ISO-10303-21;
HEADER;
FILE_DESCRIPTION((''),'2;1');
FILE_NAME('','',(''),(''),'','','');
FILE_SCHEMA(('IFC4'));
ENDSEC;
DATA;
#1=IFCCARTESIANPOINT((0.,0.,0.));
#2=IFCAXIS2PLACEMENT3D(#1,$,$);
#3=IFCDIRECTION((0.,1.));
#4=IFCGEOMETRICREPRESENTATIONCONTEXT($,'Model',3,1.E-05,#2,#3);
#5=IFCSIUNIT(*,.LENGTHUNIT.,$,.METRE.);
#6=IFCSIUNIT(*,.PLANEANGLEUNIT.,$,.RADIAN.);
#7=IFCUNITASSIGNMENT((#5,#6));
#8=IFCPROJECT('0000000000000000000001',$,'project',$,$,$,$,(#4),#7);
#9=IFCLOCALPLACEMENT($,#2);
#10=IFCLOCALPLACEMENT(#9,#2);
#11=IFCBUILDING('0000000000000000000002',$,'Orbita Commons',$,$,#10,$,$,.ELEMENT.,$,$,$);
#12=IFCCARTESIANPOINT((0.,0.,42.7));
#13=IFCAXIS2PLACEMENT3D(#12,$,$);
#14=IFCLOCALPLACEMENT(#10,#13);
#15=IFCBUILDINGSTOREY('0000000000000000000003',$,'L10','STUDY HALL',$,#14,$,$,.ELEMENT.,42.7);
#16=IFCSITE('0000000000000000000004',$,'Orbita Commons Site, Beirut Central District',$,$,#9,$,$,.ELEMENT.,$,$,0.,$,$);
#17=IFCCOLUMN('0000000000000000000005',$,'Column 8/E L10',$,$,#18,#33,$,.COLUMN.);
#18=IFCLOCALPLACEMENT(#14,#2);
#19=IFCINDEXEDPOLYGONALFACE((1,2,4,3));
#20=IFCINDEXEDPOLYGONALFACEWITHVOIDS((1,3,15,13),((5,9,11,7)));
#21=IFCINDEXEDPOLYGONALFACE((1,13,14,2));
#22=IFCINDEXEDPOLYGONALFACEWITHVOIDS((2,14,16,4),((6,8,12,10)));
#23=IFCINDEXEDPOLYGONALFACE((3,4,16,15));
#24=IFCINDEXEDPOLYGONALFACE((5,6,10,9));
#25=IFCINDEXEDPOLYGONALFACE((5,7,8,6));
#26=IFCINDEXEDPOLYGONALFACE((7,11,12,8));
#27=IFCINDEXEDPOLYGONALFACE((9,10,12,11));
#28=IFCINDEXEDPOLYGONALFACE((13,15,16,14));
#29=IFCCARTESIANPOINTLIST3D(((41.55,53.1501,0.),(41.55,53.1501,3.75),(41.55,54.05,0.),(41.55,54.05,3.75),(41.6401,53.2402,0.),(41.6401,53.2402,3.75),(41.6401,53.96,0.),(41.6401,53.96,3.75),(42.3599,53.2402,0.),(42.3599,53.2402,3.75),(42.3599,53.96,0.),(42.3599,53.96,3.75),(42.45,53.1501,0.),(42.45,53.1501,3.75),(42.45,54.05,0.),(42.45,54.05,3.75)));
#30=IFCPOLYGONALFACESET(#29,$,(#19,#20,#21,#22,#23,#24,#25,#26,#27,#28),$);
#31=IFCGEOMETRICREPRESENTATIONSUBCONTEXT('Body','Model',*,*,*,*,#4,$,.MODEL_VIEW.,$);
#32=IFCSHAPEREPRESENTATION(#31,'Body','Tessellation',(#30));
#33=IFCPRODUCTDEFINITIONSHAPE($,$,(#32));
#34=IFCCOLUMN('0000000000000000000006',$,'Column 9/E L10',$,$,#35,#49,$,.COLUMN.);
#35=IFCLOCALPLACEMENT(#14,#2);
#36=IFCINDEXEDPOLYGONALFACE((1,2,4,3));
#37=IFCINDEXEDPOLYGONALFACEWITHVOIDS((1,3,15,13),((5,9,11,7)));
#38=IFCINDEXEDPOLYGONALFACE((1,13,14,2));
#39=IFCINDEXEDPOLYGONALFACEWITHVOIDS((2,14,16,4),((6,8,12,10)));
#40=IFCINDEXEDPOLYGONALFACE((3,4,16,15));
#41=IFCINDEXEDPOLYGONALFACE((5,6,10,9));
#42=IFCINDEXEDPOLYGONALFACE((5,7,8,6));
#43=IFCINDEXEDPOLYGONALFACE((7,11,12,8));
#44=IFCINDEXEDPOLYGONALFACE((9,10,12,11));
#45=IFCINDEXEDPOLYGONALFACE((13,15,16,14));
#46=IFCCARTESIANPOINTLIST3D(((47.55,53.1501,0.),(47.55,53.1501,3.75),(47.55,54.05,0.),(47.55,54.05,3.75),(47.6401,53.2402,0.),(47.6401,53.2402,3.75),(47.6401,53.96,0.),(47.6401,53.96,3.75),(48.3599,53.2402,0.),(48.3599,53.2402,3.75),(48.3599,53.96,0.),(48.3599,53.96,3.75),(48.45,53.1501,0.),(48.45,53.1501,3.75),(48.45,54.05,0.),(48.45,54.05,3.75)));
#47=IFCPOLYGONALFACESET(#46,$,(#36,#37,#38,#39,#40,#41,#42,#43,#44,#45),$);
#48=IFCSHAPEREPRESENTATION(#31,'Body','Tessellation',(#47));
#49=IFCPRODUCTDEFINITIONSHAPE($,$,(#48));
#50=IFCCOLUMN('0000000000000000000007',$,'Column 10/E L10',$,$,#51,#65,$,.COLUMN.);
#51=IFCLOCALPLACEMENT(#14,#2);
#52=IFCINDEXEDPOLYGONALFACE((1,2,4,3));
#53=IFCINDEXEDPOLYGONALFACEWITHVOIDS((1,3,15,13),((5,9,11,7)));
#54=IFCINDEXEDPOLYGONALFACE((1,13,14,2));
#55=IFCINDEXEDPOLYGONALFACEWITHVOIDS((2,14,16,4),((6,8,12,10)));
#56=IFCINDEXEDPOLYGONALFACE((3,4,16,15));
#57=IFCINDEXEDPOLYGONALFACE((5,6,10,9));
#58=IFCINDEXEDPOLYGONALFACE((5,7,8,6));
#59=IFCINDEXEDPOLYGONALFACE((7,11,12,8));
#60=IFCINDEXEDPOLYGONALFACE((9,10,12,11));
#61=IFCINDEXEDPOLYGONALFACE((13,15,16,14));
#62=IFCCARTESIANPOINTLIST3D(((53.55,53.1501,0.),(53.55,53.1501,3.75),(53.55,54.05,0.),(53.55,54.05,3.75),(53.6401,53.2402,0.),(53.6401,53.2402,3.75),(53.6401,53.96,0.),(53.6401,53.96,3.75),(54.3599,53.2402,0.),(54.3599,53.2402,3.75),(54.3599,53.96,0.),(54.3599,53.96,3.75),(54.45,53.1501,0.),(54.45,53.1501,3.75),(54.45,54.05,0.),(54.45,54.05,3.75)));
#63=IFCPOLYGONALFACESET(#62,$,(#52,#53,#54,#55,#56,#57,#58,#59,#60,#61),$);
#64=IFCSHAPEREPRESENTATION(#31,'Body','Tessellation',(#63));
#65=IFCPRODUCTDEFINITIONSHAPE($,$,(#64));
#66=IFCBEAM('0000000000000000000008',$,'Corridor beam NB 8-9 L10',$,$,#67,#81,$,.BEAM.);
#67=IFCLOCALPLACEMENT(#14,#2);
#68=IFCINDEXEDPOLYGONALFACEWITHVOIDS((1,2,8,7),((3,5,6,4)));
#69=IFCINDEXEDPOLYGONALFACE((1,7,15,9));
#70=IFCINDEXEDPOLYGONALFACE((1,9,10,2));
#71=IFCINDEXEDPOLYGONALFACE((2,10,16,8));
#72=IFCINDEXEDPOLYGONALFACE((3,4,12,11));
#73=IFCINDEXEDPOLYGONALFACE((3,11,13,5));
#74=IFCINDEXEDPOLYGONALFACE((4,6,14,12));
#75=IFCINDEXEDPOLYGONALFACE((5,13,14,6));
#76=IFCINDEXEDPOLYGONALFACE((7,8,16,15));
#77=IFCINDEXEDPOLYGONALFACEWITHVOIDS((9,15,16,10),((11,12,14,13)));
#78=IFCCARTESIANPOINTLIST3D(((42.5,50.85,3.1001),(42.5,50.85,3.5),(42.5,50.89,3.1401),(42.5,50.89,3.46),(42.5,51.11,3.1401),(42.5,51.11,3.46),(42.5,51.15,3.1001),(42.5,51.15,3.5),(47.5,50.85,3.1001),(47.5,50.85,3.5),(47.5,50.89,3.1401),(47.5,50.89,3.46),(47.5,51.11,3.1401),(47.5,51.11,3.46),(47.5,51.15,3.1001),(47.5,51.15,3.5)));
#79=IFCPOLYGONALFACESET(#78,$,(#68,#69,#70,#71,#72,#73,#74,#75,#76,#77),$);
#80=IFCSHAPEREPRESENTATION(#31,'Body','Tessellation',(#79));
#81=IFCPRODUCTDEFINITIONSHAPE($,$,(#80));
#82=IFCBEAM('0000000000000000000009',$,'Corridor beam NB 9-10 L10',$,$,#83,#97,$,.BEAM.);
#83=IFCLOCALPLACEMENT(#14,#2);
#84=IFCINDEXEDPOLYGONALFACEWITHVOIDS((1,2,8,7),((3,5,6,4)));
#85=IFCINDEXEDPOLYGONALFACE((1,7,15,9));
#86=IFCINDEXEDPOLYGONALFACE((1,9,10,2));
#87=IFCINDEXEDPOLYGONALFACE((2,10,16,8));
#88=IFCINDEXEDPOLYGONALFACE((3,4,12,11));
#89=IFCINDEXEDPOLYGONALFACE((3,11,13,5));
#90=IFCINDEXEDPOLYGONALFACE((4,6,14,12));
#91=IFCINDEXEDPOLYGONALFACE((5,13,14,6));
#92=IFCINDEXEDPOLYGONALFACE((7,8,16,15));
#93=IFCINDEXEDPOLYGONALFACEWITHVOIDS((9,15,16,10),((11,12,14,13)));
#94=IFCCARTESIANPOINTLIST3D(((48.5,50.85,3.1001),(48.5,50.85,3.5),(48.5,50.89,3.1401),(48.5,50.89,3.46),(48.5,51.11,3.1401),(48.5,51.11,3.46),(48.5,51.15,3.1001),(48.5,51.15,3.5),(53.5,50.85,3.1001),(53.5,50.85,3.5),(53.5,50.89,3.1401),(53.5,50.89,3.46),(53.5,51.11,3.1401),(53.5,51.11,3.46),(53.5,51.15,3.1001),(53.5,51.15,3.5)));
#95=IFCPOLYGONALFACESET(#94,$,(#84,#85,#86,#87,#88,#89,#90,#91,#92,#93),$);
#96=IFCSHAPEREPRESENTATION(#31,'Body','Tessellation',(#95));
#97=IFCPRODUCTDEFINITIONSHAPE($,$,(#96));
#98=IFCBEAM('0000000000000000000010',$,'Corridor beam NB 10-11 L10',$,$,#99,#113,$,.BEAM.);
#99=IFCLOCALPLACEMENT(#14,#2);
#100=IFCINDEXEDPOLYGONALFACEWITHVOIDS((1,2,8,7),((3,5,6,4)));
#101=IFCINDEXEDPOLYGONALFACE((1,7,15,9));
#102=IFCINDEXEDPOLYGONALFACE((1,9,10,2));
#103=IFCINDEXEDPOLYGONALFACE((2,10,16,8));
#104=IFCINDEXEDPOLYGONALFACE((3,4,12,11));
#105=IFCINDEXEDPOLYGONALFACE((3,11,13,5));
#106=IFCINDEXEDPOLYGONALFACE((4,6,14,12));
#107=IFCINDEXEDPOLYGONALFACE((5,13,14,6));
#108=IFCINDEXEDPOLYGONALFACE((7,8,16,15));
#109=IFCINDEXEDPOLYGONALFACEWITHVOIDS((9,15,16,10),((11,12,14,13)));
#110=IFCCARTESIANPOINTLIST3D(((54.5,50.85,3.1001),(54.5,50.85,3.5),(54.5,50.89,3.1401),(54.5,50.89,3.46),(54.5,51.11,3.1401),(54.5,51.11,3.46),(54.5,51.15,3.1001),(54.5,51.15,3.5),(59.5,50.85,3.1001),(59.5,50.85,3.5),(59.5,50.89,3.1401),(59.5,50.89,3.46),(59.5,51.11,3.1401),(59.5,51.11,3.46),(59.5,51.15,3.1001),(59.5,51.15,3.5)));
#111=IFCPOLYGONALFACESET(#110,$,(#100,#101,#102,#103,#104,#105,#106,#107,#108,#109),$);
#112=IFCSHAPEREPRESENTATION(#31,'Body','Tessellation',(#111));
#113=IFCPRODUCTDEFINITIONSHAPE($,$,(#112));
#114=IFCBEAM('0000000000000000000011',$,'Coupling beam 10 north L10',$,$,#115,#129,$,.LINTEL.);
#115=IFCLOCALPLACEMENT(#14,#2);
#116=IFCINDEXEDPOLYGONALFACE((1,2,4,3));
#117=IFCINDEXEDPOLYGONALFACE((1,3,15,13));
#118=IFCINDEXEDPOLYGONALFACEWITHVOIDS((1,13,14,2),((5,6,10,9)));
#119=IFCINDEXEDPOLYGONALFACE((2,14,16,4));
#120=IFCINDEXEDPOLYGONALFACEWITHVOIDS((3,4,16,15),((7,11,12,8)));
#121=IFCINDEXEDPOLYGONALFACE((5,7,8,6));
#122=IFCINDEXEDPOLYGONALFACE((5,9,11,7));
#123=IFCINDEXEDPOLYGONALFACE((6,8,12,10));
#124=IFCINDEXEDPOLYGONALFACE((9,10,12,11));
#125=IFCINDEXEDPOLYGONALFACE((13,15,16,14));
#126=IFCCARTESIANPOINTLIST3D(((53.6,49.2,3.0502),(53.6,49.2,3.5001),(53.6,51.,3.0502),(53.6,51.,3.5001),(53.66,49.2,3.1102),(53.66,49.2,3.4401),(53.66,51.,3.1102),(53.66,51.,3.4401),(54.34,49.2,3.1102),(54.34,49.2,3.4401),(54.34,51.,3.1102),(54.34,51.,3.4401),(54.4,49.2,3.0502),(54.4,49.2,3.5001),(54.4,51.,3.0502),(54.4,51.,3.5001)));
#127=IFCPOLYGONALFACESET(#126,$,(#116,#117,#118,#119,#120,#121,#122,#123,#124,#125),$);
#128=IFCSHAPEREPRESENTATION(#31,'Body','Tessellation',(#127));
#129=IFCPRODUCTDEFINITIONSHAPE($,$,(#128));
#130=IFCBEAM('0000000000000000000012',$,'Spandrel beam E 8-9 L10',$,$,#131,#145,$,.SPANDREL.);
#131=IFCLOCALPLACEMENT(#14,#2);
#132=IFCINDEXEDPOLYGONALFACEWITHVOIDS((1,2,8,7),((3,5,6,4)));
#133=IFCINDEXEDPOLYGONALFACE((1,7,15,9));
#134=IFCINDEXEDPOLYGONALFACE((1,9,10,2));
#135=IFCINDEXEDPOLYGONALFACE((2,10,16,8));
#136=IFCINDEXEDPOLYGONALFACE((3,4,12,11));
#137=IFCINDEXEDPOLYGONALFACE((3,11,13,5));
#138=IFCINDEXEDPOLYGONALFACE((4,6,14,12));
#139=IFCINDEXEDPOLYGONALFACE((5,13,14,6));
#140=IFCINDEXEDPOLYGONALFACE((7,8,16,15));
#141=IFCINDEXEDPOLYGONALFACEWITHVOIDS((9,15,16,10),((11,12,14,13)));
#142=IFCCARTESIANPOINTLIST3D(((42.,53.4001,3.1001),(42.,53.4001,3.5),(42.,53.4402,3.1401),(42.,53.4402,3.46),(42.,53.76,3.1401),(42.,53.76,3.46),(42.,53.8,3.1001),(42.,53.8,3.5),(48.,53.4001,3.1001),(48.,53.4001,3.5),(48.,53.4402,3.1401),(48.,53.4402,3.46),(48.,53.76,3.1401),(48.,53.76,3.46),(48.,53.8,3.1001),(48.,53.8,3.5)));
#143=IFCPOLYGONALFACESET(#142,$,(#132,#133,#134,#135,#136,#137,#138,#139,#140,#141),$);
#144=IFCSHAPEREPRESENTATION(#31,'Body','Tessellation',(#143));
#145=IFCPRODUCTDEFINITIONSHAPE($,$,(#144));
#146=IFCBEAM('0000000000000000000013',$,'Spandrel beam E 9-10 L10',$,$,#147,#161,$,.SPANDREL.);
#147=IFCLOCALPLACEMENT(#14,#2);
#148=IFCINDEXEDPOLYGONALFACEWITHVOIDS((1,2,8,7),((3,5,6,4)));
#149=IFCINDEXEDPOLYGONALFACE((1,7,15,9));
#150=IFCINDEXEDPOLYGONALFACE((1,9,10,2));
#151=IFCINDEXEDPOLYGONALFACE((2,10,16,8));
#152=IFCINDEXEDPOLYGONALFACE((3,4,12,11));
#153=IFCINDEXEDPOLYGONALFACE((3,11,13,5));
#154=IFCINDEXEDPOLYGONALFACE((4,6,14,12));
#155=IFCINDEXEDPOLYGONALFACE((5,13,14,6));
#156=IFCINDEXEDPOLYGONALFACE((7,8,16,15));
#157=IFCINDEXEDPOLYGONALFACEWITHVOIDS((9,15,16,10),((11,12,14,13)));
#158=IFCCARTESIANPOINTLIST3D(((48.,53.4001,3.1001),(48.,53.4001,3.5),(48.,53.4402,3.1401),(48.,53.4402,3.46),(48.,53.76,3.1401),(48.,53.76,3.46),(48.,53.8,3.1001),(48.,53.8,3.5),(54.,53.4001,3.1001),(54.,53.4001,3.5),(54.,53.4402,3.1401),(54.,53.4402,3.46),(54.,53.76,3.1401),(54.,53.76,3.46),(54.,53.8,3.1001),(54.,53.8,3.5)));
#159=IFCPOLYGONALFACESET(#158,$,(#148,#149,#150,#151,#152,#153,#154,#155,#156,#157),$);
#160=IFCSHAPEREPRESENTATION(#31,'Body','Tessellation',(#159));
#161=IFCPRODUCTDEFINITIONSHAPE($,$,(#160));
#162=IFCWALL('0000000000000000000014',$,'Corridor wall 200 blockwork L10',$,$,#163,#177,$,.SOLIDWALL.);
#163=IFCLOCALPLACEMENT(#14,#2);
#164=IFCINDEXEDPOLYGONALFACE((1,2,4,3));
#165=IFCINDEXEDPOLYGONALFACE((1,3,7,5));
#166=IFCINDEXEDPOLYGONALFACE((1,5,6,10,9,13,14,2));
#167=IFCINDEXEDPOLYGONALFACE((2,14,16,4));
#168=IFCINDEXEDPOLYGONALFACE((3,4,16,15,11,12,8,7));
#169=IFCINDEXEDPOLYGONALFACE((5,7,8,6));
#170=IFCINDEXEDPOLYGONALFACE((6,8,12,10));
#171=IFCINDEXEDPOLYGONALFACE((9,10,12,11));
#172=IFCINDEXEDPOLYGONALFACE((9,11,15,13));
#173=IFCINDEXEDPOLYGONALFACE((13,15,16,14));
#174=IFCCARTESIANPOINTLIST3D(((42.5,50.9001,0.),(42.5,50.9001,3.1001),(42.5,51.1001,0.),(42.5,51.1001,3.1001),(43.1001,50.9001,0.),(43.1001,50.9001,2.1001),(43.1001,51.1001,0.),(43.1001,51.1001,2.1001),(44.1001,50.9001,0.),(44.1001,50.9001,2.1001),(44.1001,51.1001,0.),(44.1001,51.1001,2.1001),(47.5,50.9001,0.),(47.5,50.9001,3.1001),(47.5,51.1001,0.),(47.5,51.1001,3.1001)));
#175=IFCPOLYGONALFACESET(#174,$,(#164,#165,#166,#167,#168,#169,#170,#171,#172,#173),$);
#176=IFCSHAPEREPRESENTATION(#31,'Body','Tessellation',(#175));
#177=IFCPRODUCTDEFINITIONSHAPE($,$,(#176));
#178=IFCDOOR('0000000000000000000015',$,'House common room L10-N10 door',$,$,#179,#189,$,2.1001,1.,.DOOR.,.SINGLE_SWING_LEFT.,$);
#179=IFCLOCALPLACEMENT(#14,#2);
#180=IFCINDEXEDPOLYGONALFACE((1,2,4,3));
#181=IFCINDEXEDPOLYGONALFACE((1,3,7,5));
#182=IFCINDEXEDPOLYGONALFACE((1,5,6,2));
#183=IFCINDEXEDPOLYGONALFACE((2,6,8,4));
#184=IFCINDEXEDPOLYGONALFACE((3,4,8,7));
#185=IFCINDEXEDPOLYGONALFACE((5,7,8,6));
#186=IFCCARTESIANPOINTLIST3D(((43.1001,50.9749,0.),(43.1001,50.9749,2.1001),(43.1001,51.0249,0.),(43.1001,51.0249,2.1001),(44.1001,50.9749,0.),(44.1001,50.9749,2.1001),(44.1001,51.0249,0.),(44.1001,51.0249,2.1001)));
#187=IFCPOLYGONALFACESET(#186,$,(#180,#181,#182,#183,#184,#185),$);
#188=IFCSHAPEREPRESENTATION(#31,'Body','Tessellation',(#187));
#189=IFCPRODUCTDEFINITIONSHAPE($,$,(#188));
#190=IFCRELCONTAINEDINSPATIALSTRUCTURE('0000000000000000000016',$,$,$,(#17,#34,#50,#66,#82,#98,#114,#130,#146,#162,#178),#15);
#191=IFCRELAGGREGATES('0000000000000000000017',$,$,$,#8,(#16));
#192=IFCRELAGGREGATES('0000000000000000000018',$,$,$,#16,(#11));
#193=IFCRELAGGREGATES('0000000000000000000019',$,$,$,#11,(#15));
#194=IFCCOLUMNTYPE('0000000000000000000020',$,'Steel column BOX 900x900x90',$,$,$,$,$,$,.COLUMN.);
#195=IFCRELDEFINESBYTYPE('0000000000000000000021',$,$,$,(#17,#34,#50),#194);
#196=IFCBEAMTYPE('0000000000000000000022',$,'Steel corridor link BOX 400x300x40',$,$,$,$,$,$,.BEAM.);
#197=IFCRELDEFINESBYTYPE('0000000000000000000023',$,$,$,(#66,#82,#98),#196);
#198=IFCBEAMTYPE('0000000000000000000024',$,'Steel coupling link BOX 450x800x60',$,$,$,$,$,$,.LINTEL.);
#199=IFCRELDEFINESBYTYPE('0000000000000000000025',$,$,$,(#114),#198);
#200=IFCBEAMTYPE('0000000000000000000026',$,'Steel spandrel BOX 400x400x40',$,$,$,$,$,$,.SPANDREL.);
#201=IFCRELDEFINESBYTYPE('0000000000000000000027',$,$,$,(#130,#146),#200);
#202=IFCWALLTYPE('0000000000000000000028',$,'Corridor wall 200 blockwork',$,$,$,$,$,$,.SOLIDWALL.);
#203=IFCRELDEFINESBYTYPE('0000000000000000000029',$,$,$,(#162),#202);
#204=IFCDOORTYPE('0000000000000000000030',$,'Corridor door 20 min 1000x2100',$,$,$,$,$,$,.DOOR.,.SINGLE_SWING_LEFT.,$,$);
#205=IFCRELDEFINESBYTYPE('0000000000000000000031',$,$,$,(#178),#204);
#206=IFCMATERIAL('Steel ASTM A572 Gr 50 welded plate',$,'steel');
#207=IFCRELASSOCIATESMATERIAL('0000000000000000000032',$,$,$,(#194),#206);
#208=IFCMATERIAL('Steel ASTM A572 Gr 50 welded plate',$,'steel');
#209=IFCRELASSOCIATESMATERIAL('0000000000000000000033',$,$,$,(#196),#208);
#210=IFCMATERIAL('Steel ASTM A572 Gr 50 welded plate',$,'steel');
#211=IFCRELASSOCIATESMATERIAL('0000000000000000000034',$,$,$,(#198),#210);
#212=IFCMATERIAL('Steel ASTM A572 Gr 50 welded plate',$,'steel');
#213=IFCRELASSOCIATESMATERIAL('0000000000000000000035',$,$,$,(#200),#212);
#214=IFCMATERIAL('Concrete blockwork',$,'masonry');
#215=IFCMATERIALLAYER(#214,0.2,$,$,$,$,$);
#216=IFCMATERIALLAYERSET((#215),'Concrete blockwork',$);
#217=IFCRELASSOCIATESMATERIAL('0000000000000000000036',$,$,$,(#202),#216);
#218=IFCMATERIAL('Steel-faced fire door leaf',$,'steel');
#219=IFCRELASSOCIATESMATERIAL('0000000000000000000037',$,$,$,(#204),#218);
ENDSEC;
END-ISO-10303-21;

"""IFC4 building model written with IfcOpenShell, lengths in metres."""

from ifc_helpers import new_model, si_unit, direction, frame, frame_2d, origin, origin_2d, place, context, subcontext, project, spatial, polyline, rectangle, hollow_rectangle, outline, extrude, material, layer, layer_set, material_profile, profile_set, type_object, element, fill, save


model = new_model("IFC4")

# Units and contexts
model_context = context("Model", 3, precision=1e-05, world=origin(), true_north=direction((0.0, 1.0)))
body_context = subcontext(model_context, "Body", "Model", "MODEL_VIEW")
ifc_project = project(units=[si_unit("LENGTHUNIT", "METRE"), si_unit("PLANEANGLEUNIT", "RADIAN")], contexts=[model_context])

# Site, building, storey
site_placement = place(None, origin())
site = spatial("IfcSite", under=ifc_project, at=site_placement, Name="Orbita Commons Site, Beirut Central District", CompositionType="ELEMENT", RefElevation=0.0)
building_placement = place(site_placement, origin())
building = spatial("IfcBuilding", under=site, at=building_placement, Name="Orbita Commons", CompositionType="ELEMENT")
storey_placement = place(building_placement, frame((0.0, 0.0, 42.7)))
storey = spatial("IfcBuildingStorey", under=building, at=storey_placement, Name="L10", Description="STUDY HALL", CompositionType="ELEMENT", Elevation=42.7)

# Columns
ifc_material_1 = material(Name="Steel ASTM A572 Gr 50 welded plate", Category="steel")
ifc_material_profile_1 = material_profile(ifc_material_1, hollow_rectangle(XDim=0.8999, YDim=0.8999, WallThickness=0.0901, at=origin_2d()), Name="BOX 900x900x90")
ifc_profile_set_1 = profile_set([ifc_material_profile_1], Name="Steel ASTM A572 Gr 50 welded plate")
column_type = type_object("IfcColumnType", Name="Steel column BOX 900x900x90", PredefinedType="COLUMN", material=ifc_profile_set_1)
for number, where, z_axis, x_axis, name in (
    (1, (42.0, 53.6001, 0.0), (0.0, 0.0, 1.0), (1.0, 0.0, 0.0), "Column 8/E L10"),
    (2, (48.0, 53.6001, 0.0), (0.0, 0.0, 1.0), (1.0, 0.0, 0.0), "Column 9/E L10"),
    (3, (54.0, 53.6001, 0.0), (0.0, 0.0, 1.0), (1.0, 0.0, 0.0), "Column 10/E L10"),
):
    element("IfcColumn", number, at=place(storey_placement, frame(where, z_axis=z_axis, x_axis=x_axis)), inside=storey, type_object=column_type, Name=name, PredefinedType="COLUMN", context=body_context, shape_type="SweptSolid", body=[
        extrude(hollow_rectangle(XDim=0.8999, YDim=0.8999, WallThickness=0.0901, at=origin_2d()), origin(), (0.0, 0.0, 1.0), 3.75),
    ])

# Beams
ifc_material_2 = material(Name="Steel ASTM A572 Gr 50 welded plate", Category="steel")
ifc_material_profile_2 = material_profile(ifc_material_2, hollow_rectangle(XDim=0.3, YDim=0.3999, WallThickness=0.04, at=origin_2d()), Name="BOX 400x300x40")
ifc_profile_set_2 = profile_set([ifc_material_profile_2], Name="Steel ASTM A572 Gr 50 welded plate")
beam_type_1 = type_object("IfcBeamType", Name="Steel corridor link BOX 400x300x40", PredefinedType="BEAM", material=ifc_profile_set_2)
for number, where, z_axis, x_axis, name in (
    (4, (42.5, 51.0, 3.3), (1.0, 0.0, 0.0), (0.0, 1.0, 0.0), "Corridor beam NB 8-9 L10"),
    (5, (48.5, 51.0, 3.3), (1.0, 0.0, 0.0), (0.0, 1.0, 0.0), "Corridor beam NB 9-10 L10"),
    (6, (54.5, 51.0, 3.3), (1.0, 0.0, 0.0), (0.0, 1.0, 0.0), "Corridor beam NB 10-11 L10"),
):
    element("IfcBeam", number, at=place(storey_placement, frame(where, z_axis=z_axis, x_axis=x_axis)), inside=storey, type_object=beam_type_1, Name=name, PredefinedType="BEAM", context=body_context, shape_type="SweptSolid", body=[
        extrude(hollow_rectangle(XDim=0.3, YDim=0.3999, WallThickness=0.04, at=origin_2d()), origin(), (0.0, 0.0, 1.0), 5.0),
    ])
ifc_material_3 = material(Name="Steel ASTM A572 Gr 50 welded plate", Category="steel")
ifc_material_profile_3 = material_profile(ifc_material_3, hollow_rectangle(XDim=0.8, YDim=0.45, WallThickness=0.0601, at=origin_2d()), Name="BOX 450x800x60")
ifc_profile_set_3 = profile_set([ifc_material_profile_3], Name="Steel ASTM A572 Gr 50 welded plate")
beam_type_2 = type_object("IfcBeamType", Name="Steel coupling link BOX 450x800x60", PredefinedType="LINTEL", material=ifc_profile_set_3)
beam_placement = place(storey_placement, frame((54.0, 49.2, 3.2751), z_axis=(0.0, 1.0, 0.0), x_axis=(-1.0, 0.0, 0.0)))
element("IfcBeam", 7, at=beam_placement, inside=storey, type_object=beam_type_2, Name="Coupling beam 10 north L10", PredefinedType="LINTEL", context=body_context, shape_type="SweptSolid", body=[
    extrude(hollow_rectangle(XDim=0.8, YDim=0.45, WallThickness=0.0601, at=origin_2d()), origin(), (0.0, 0.0, 1.0), 1.8),
])
ifc_material_4 = material(Name="Steel ASTM A572 Gr 50 welded plate", Category="steel")
ifc_material_profile_4 = material_profile(ifc_material_4, hollow_rectangle(XDim=0.3999, YDim=0.3999, WallThickness=0.04, at=origin_2d()), Name="BOX 400x400x40")
ifc_profile_set_4 = profile_set([ifc_material_profile_4], Name="Steel ASTM A572 Gr 50 welded plate")
beam_type_3 = type_object("IfcBeamType", Name="Steel spandrel BOX 400x400x40", PredefinedType="SPANDREL", material=ifc_profile_set_4)
for number, where, z_axis, x_axis, name in (
    (8, (42.0, 53.6001, 3.3), (1.0, 0.0, 0.0), (0.0, 1.0, 0.0), "Spandrel beam E 8-9 L10"),
    (9, (48.0, 53.6001, 3.3), (1.0, 0.0, 0.0), (0.0, 1.0, 0.0), "Spandrel beam E 9-10 L10"),
):
    element("IfcBeam", number, at=place(storey_placement, frame(where, z_axis=z_axis, x_axis=x_axis)), inside=storey, type_object=beam_type_3, Name=name, PredefinedType="SPANDREL", context=body_context, shape_type="SweptSolid", body=[
        extrude(hollow_rectangle(XDim=0.3999, YDim=0.3999, WallThickness=0.04, at=origin_2d()), origin(), (0.0, 0.0, 1.0), 6.0),
    ])

# Wall, opening, door
ifc_material_5 = material(Name="Concrete blockwork", Category="masonry")
ifc_layer_1 = layer(ifc_material_5, 0.2)
ifc_layer_set_1 = layer_set([ifc_layer_1], Name="Concrete blockwork")
wall_type_1 = type_object("IfcWallType", Name="Corridor wall 200 blockwork", PredefinedType="SOLIDWALL", material=ifc_layer_set_1)
wall_1_placement = place(storey_placement, frame((42.5, 51.0, 0.0), z_axis=(0.0, 0.0, 1.0), x_axis=(1.0, 0.0, 0.0)))
wall_1 = element("IfcWall", 10, at=wall_1_placement, inside=storey, type_object=wall_type_1, Name="Corridor wall 200 blockwork L10", PredefinedType="SOLIDWALL", context=body_context, shape_type="SweptSolid", body=[
    extrude(outline(polyline([(0.0, 0.0), (5.0, 0.0), (5.0, 3.1001), (0.0, 3.1001), (0.0, 0.0)])), frame((0.0, 0.1001, 0.0), z_axis=(0.0, -1.0, 0.0), x_axis=(1.0, 0.0, 0.0)), (0.0, 0.0, 1.0), 0.2),
])
opening_1_placement = place(wall_1_placement, frame((0.6001, 0.0, 0.0)))
opening_1 = element("IfcOpeningElement", 11, at=opening_1_placement, cuts=wall_1, PredefinedType="OPENING", context=body_context, shape_type="SweptSolid", body=[
    extrude(rectangle(XDim=1.0, YDim=2.1001, at=frame_2d((0.5, 1.05))), frame((0.0, 0.1099, 0.0), z_axis=(0.0, -1.0, 0.0), x_axis=(1.0, 0.0, 0.0)), (0.0, 0.0, 1.0), 0.22),
])
ifc_material_6 = material(Name="Steel-faced fire door leaf", Category="steel")
door_type_1 = type_object("IfcDoorType", Name="Corridor door 20 min 1000x2100", OperationType="SINGLE_SWING_LEFT", PredefinedType="DOOR", material=ifc_material_6)
door_1_placement = place(opening_1_placement, origin())
door_1 = element("IfcDoor", 12, at=door_1_placement, inside=storey, type_object=door_type_1, Name="House common room L10-N10 door", OperationType="SINGLE_SWING_LEFT", OverallHeight=2.1001, OverallWidth=1.0, PredefinedType="DOOR", context=body_context, shape_type="SweptSolid", body=[
    extrude(rectangle(XDim=1.0, YDim=2.1001, at=frame_2d((0.5, 1.05))), frame((0.0, 0.0249, 0.0), z_axis=(0.0, -1.0, 0.0), x_axis=(1.0, 0.0, 0.0)), (0.0, 0.0, 1.0), 0.05),
])
fill(opening_1, door_1)

save(model, "model.ifc")
